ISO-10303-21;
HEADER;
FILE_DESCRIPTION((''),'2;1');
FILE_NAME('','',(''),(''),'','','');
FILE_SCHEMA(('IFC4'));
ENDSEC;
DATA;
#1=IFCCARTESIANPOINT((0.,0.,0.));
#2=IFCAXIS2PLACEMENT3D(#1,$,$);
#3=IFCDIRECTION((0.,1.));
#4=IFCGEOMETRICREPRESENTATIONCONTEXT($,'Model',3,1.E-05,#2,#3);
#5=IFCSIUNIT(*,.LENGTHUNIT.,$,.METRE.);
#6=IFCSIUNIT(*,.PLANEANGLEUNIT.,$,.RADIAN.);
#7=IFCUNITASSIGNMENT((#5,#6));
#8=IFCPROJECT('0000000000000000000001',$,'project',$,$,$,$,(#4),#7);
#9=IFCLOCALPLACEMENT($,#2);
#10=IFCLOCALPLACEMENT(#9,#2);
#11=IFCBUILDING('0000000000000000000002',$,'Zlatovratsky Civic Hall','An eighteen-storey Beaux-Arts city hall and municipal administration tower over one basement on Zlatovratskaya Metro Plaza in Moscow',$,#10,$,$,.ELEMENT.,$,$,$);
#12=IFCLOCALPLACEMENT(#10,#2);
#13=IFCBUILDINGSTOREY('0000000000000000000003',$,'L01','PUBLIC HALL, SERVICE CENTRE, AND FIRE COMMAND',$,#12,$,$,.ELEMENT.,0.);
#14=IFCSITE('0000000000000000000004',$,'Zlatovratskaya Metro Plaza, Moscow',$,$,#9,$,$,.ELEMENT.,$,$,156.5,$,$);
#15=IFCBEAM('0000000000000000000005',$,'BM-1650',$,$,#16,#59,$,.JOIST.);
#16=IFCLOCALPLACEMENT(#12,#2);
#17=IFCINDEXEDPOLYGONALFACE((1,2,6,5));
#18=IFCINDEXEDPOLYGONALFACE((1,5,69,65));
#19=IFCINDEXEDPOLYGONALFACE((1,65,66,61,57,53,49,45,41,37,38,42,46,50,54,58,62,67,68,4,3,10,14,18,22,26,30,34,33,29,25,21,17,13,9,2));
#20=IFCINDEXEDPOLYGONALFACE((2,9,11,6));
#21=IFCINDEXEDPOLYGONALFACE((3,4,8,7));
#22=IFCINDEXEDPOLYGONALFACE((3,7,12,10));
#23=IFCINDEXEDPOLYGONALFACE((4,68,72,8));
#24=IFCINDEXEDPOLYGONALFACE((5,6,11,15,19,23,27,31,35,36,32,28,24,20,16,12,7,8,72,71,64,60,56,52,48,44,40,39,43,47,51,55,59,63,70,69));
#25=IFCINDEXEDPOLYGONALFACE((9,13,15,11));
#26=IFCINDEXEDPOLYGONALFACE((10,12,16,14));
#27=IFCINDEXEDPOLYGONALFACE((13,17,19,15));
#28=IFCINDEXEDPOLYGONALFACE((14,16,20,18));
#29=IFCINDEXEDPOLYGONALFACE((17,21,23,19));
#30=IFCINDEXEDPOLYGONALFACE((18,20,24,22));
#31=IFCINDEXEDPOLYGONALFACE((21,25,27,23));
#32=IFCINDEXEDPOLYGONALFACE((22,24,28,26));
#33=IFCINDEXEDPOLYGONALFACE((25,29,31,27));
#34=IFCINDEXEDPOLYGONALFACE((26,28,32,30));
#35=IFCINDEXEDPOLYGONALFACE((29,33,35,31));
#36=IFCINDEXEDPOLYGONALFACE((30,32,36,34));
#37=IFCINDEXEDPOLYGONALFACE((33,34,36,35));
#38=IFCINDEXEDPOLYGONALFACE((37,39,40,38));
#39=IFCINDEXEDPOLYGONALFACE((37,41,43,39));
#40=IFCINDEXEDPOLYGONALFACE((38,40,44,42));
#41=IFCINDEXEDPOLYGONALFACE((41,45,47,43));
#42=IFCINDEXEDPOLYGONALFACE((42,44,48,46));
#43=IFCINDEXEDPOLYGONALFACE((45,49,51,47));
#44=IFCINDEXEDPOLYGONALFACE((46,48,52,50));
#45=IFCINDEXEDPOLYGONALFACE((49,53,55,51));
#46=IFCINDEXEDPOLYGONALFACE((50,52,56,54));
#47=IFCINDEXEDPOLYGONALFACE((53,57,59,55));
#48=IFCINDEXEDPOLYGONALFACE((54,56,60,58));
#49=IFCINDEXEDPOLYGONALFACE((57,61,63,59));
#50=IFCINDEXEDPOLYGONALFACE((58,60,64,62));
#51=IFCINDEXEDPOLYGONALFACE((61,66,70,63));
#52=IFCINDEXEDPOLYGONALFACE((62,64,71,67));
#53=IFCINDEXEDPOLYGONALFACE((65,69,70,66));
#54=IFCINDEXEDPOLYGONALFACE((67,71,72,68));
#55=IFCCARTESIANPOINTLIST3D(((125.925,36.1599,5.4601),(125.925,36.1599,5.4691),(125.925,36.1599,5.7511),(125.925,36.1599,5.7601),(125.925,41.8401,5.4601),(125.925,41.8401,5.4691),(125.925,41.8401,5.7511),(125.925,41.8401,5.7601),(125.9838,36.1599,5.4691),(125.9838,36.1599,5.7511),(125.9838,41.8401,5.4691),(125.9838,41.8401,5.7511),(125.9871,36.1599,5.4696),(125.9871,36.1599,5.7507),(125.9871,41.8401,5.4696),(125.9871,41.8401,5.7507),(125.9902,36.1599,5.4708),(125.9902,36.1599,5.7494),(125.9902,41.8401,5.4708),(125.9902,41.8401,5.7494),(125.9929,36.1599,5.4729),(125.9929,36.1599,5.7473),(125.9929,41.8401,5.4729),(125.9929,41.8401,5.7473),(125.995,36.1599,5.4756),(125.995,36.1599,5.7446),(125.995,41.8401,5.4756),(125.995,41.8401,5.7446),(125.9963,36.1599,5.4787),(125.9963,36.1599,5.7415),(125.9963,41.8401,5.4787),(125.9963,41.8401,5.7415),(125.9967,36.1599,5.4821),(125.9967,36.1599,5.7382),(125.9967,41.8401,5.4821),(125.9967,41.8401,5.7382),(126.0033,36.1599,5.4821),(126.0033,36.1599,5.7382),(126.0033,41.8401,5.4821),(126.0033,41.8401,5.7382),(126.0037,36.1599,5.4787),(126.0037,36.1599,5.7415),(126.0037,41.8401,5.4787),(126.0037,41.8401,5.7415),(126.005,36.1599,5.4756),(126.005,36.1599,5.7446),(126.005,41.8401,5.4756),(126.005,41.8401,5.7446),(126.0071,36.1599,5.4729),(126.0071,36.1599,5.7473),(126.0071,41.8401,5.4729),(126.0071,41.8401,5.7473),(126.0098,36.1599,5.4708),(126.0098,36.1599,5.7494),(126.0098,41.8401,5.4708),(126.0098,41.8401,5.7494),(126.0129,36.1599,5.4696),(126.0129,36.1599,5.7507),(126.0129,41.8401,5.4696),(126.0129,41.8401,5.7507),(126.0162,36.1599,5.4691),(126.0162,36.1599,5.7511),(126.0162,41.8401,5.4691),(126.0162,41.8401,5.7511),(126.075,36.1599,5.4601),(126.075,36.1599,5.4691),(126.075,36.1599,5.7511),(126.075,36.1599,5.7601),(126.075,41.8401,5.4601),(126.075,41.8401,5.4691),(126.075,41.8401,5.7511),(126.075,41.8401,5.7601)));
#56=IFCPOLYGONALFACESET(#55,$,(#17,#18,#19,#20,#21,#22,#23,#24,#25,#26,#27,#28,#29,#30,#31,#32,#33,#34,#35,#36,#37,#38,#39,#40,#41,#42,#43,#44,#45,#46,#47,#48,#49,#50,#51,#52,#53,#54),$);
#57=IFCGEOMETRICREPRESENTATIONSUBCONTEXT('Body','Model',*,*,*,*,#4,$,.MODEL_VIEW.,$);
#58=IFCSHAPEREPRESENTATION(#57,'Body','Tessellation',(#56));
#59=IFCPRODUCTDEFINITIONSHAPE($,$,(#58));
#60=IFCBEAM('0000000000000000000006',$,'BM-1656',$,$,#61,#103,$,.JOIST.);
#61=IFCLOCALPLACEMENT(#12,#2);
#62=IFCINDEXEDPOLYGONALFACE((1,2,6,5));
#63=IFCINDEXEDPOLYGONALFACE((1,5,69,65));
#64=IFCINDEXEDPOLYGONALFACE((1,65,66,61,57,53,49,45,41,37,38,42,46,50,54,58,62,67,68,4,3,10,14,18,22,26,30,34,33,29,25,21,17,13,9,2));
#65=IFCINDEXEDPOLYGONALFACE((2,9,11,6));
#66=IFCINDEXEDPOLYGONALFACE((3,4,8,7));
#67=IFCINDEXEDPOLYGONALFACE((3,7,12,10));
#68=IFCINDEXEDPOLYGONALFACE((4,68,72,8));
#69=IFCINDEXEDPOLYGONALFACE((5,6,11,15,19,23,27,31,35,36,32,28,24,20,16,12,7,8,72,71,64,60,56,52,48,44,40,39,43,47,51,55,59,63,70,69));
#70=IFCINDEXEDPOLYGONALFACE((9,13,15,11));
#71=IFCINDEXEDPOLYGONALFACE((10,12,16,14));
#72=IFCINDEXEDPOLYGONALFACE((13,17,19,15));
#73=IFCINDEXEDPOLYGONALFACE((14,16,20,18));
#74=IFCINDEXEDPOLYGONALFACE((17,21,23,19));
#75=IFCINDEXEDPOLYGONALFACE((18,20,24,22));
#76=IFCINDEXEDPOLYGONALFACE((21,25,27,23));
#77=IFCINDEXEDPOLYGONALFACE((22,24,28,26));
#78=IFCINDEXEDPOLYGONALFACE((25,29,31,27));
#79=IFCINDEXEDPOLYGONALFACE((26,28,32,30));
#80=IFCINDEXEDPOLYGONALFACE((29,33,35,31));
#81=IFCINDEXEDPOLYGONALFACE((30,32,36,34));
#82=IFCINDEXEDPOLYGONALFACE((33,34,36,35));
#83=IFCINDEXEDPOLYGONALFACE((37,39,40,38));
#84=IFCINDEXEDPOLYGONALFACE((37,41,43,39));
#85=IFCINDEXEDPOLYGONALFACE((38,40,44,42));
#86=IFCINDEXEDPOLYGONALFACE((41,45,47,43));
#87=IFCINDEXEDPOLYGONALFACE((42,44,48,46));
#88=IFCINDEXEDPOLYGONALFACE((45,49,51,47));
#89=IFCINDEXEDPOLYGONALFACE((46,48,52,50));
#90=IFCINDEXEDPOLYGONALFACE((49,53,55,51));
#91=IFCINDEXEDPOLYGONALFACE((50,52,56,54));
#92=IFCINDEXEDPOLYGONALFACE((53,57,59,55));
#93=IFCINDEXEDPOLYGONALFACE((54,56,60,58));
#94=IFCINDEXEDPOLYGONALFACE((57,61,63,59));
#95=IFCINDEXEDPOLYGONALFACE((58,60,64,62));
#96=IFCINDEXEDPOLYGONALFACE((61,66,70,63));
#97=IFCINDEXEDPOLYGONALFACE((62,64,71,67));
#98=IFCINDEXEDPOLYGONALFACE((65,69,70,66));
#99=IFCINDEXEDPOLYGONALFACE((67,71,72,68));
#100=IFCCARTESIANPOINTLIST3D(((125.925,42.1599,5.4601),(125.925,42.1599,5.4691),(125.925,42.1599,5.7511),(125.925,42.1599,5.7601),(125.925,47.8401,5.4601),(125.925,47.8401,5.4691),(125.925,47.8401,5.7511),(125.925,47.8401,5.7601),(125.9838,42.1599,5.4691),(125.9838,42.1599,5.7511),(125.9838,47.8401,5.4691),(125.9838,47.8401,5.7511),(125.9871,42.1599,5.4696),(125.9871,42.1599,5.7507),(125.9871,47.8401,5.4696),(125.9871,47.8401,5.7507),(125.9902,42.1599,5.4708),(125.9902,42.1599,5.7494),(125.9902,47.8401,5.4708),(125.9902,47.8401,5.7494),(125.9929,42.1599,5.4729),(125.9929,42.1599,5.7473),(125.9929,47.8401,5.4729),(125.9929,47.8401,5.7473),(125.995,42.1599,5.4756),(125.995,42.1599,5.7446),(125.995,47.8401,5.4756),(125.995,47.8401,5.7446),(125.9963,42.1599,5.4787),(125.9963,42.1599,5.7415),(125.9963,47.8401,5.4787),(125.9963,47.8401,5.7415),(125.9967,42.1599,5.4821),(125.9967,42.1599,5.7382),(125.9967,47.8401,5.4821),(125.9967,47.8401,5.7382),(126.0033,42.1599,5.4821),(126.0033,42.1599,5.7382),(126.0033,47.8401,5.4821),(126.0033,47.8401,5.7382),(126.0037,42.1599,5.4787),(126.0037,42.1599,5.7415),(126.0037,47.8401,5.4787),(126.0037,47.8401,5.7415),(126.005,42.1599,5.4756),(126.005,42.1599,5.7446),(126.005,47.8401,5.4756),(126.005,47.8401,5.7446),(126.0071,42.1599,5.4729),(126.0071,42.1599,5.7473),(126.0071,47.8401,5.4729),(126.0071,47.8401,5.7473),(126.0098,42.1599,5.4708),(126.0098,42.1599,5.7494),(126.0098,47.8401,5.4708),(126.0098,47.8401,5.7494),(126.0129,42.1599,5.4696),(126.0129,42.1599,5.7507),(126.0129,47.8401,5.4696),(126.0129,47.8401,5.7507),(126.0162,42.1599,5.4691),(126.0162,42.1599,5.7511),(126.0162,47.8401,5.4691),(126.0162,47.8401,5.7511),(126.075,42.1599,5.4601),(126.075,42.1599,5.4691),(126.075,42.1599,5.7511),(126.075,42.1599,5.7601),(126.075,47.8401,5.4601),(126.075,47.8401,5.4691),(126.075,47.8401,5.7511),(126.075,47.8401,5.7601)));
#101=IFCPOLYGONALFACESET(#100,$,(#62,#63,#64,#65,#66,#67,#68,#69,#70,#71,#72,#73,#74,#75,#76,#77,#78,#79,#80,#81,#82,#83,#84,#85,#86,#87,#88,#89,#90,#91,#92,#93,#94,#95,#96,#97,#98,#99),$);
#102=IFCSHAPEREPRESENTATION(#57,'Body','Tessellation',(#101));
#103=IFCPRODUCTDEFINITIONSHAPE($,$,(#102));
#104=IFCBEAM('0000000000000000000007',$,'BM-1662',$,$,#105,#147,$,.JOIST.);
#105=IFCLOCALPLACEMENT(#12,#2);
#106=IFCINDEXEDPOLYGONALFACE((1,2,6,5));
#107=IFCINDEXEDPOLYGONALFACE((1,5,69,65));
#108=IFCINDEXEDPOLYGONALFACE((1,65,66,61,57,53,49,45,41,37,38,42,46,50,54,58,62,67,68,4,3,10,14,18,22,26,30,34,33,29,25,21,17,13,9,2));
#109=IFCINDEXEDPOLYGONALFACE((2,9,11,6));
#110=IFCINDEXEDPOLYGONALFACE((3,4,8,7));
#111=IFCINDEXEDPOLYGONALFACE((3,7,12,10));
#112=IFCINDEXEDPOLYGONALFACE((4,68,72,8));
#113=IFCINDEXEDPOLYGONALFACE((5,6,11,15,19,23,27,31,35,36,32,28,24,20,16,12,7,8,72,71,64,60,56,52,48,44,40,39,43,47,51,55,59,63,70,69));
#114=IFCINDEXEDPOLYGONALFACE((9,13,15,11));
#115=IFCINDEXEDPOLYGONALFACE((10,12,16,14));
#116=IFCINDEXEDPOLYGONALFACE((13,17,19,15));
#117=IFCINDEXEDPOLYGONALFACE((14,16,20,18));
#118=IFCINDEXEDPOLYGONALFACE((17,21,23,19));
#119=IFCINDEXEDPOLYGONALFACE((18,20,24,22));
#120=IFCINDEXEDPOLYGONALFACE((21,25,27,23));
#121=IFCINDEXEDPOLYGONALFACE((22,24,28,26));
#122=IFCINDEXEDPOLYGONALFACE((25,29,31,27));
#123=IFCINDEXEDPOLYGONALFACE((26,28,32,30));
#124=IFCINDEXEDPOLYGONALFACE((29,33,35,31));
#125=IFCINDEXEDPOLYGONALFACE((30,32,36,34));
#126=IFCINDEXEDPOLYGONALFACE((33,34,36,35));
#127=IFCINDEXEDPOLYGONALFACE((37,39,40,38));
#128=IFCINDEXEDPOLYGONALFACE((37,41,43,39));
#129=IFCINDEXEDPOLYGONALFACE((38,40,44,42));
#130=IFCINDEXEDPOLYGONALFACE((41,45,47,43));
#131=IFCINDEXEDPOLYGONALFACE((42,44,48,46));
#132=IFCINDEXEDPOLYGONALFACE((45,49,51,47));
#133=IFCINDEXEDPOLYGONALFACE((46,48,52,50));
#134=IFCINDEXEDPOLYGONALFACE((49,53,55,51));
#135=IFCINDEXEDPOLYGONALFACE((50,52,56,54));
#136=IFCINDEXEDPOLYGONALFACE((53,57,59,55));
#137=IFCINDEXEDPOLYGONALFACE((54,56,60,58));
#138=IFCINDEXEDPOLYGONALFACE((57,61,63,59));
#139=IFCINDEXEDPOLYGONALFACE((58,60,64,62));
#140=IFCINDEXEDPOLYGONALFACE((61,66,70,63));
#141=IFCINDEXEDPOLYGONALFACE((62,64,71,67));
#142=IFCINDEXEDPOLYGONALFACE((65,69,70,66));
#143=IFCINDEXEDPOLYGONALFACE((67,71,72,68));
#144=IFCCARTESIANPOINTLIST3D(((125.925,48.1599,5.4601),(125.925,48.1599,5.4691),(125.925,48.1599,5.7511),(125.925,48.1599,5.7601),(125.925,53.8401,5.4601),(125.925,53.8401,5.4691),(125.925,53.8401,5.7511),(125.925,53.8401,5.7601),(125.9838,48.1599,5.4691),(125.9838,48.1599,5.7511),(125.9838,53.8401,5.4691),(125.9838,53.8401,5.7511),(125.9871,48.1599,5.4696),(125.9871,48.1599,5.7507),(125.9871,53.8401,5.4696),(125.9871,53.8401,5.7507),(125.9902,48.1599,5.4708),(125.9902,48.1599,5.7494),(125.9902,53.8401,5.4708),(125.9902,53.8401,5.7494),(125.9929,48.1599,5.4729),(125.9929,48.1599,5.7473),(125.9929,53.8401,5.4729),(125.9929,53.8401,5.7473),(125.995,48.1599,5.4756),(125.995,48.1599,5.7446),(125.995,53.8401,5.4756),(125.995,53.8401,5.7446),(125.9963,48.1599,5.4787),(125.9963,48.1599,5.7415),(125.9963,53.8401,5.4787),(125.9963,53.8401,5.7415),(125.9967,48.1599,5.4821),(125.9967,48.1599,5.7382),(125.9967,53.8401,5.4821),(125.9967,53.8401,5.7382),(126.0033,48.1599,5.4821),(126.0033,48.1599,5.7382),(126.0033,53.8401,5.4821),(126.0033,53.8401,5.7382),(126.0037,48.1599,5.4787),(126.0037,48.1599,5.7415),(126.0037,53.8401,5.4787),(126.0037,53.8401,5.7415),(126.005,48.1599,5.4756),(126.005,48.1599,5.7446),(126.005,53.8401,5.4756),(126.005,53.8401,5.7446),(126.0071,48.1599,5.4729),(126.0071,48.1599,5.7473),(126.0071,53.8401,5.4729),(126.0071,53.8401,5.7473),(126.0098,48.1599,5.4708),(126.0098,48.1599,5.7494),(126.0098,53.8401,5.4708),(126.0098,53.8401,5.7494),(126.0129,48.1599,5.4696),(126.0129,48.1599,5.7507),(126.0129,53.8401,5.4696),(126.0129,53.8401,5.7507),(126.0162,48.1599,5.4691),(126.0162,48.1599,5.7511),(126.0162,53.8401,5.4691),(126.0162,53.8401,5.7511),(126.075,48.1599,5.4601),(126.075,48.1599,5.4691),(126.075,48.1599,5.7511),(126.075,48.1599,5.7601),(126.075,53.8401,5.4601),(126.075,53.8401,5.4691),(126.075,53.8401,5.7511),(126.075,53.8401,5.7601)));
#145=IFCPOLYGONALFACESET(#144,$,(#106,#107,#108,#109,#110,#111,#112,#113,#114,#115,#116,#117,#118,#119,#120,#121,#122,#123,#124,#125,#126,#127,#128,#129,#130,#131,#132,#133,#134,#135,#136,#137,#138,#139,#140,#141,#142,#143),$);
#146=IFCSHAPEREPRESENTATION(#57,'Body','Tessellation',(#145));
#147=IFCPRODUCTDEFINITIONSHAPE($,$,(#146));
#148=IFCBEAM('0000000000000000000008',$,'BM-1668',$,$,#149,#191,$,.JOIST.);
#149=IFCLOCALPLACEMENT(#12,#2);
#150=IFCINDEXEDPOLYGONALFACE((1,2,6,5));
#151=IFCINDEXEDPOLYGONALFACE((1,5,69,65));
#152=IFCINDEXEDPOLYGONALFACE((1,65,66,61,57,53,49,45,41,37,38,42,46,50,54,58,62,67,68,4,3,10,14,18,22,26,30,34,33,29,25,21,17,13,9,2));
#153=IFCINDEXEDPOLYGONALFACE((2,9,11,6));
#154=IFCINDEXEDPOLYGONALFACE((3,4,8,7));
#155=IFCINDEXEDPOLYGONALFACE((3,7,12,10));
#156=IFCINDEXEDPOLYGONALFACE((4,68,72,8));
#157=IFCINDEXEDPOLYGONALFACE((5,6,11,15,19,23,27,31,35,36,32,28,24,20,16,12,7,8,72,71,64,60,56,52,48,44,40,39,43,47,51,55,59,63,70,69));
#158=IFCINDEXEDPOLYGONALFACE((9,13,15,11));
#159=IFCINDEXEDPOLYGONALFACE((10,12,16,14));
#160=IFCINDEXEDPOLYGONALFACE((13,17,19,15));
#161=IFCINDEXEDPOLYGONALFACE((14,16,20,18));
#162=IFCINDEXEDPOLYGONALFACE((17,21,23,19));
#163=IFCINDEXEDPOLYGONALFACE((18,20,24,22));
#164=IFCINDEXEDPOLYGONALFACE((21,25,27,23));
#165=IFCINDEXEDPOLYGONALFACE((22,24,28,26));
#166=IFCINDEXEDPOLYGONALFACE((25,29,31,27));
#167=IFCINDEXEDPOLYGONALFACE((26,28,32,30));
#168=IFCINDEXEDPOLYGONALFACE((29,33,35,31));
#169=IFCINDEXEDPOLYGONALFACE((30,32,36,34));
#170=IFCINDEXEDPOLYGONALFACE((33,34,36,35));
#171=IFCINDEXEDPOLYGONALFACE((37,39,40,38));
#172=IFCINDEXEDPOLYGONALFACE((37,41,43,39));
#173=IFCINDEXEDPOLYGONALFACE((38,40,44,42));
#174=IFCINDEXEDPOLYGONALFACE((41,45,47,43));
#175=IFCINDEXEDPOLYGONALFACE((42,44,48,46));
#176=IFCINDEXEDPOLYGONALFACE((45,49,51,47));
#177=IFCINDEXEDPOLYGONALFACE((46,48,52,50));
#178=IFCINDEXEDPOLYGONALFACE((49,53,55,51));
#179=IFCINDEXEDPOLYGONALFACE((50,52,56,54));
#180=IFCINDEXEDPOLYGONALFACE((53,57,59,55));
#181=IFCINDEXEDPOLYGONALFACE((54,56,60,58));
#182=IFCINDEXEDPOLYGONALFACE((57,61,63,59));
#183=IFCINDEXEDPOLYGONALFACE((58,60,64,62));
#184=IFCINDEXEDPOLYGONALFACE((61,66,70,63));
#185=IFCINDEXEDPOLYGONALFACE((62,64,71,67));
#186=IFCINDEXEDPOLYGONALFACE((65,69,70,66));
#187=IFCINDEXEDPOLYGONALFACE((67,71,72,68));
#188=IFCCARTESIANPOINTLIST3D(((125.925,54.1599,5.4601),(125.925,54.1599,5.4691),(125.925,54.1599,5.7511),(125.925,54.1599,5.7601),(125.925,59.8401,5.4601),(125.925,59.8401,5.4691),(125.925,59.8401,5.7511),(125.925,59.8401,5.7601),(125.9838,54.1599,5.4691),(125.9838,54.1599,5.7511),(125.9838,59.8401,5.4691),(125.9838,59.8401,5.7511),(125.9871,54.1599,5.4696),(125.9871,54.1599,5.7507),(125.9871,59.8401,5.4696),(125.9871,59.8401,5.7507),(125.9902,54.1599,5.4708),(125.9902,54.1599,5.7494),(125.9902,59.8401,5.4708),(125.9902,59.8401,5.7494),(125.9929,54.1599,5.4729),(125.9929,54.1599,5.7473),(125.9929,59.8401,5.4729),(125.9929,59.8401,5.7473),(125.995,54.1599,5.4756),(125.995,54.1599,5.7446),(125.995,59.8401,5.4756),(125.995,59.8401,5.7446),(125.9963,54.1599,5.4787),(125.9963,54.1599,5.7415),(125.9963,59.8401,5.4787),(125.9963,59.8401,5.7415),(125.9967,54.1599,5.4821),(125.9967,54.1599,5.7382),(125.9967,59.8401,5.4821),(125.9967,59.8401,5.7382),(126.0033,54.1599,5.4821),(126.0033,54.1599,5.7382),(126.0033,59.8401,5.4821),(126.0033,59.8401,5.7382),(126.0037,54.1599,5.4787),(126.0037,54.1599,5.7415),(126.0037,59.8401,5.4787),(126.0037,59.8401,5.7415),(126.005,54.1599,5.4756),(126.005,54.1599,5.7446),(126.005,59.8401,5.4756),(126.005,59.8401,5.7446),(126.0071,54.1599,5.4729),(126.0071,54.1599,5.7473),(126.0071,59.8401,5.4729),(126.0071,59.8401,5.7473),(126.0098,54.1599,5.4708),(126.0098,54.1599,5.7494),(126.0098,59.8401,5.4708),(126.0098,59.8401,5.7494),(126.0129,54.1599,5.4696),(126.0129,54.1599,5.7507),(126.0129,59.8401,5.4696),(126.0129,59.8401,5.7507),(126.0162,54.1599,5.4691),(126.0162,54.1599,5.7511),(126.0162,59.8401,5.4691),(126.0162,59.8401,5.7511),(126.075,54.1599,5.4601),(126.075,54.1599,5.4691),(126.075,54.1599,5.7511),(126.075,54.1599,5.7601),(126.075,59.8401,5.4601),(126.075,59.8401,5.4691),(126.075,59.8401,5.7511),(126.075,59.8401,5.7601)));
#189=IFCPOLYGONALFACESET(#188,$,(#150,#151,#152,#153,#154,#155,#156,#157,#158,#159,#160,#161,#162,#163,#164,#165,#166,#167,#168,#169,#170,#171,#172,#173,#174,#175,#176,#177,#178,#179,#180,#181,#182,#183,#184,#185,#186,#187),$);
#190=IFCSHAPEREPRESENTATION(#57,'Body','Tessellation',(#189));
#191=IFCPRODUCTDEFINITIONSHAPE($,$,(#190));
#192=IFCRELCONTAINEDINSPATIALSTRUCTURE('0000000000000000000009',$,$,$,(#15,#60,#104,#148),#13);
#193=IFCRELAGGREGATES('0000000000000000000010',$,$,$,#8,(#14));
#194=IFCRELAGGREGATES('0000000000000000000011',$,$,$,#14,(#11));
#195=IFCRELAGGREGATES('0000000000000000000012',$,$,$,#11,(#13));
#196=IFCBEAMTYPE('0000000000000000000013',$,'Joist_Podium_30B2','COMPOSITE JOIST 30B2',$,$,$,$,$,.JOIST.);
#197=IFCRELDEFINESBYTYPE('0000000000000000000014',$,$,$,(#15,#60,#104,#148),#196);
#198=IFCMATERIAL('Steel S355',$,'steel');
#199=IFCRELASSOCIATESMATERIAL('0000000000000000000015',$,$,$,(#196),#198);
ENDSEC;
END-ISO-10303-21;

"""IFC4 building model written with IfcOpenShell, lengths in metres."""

from ifc_helpers import new_model, si_unit, direction, frame, origin, origin_2d, place, context, subcontext, project, spatial, i_section, extrude, material, material_profile, profile_set, type_object, element, save


model = new_model("IFC4")

# Units and contexts
model_context = context("Model", 3, precision=1e-05, world=origin(), true_north=direction((0.0, 1.0)))
body_context = subcontext(model_context, "Body", "Model", "MODEL_VIEW")
ifc_project = project(units=[si_unit("LENGTHUNIT", "METRE"), si_unit("PLANEANGLEUNIT", "RADIAN")], contexts=[model_context])

# Site, building, storey
site_placement = place(None, origin())
site = spatial("IfcSite", under=ifc_project, at=site_placement, Name="Zlatovratskaya Metro Plaza, Moscow", CompositionType="ELEMENT", RefElevation=156.5)
building_placement = place(site_placement, origin())
building = spatial("IfcBuilding", under=site, at=building_placement, Name="Zlatovratsky Civic Hall", Description="An eighteen-storey Beaux-Arts city hall and municipal administration tower over one basement on Zlatovratskaya Metro Plaza in Moscow", CompositionType="ELEMENT")
storey_placement = place(building_placement, origin())
storey = spatial("IfcBuildingStorey", under=building, at=storey_placement, Name="L01", Description="PUBLIC HALL, SERVICE CENTRE, AND FIRE COMMAND", CompositionType="ELEMENT", Elevation=0.0)

# Shared definitions
ifc_material = material(Name="Steel S355", Category="steel")

# Beams
ifc_material_profile_1 = material_profile(ifc_material, i_section(OverallWidth=0.1499, OverallDepth=0.3, WebThickness=0.0066, FlangeThickness=0.009, FilletRadius=0.0129, at=origin_2d()), Name="30B2")
ifc_profile_set_1 = profile_set([ifc_material_profile_1], Name="Steel S355")
beam_type_1 = type_object("IfcBeamType", Name="Joist_Podium_30B2", Description="COMPOSITE JOIST 30B2", PredefinedType="JOIST", material=ifc_profile_set_1)
for number, where, z_axis, x_axis, name in (
    (1, (126.0, 36.1599, 5.6101), (0.0, 1.0, 0.0), (-1.0, 0.0, 0.0), "BM-1650"),
    (2, (126.0, 42.1599, 5.6101), (0.0, 1.0, 0.0), (-1.0, 0.0, 0.0), "BM-1656"),
    (3, (126.0, 48.1599, 5.6101), (0.0, 1.0, 0.0), (-1.0, 0.0, 0.0), "BM-1662"),
    (4, (126.0, 54.1599, 5.6101), (0.0, 1.0, 0.0), (-1.0, 0.0, 0.0), "BM-1668"),
):
    element("IfcBeam", number, at=place(storey_placement, frame(where, z_axis=z_axis, x_axis=x_axis)), inside=storey, type_object=beam_type_1, Name=name, PredefinedType="JOIST", context=body_context, shape_type="SweptSolid", body=[
        extrude(i_section(OverallWidth=0.1499, OverallDepth=0.3, WebThickness=0.0066, FlangeThickness=0.009, FilletRadius=0.0129, at=origin_2d()), origin(), (0.0, 0.0, 1.0), 5.6802),
    ])

save(model, "model.ifc")
